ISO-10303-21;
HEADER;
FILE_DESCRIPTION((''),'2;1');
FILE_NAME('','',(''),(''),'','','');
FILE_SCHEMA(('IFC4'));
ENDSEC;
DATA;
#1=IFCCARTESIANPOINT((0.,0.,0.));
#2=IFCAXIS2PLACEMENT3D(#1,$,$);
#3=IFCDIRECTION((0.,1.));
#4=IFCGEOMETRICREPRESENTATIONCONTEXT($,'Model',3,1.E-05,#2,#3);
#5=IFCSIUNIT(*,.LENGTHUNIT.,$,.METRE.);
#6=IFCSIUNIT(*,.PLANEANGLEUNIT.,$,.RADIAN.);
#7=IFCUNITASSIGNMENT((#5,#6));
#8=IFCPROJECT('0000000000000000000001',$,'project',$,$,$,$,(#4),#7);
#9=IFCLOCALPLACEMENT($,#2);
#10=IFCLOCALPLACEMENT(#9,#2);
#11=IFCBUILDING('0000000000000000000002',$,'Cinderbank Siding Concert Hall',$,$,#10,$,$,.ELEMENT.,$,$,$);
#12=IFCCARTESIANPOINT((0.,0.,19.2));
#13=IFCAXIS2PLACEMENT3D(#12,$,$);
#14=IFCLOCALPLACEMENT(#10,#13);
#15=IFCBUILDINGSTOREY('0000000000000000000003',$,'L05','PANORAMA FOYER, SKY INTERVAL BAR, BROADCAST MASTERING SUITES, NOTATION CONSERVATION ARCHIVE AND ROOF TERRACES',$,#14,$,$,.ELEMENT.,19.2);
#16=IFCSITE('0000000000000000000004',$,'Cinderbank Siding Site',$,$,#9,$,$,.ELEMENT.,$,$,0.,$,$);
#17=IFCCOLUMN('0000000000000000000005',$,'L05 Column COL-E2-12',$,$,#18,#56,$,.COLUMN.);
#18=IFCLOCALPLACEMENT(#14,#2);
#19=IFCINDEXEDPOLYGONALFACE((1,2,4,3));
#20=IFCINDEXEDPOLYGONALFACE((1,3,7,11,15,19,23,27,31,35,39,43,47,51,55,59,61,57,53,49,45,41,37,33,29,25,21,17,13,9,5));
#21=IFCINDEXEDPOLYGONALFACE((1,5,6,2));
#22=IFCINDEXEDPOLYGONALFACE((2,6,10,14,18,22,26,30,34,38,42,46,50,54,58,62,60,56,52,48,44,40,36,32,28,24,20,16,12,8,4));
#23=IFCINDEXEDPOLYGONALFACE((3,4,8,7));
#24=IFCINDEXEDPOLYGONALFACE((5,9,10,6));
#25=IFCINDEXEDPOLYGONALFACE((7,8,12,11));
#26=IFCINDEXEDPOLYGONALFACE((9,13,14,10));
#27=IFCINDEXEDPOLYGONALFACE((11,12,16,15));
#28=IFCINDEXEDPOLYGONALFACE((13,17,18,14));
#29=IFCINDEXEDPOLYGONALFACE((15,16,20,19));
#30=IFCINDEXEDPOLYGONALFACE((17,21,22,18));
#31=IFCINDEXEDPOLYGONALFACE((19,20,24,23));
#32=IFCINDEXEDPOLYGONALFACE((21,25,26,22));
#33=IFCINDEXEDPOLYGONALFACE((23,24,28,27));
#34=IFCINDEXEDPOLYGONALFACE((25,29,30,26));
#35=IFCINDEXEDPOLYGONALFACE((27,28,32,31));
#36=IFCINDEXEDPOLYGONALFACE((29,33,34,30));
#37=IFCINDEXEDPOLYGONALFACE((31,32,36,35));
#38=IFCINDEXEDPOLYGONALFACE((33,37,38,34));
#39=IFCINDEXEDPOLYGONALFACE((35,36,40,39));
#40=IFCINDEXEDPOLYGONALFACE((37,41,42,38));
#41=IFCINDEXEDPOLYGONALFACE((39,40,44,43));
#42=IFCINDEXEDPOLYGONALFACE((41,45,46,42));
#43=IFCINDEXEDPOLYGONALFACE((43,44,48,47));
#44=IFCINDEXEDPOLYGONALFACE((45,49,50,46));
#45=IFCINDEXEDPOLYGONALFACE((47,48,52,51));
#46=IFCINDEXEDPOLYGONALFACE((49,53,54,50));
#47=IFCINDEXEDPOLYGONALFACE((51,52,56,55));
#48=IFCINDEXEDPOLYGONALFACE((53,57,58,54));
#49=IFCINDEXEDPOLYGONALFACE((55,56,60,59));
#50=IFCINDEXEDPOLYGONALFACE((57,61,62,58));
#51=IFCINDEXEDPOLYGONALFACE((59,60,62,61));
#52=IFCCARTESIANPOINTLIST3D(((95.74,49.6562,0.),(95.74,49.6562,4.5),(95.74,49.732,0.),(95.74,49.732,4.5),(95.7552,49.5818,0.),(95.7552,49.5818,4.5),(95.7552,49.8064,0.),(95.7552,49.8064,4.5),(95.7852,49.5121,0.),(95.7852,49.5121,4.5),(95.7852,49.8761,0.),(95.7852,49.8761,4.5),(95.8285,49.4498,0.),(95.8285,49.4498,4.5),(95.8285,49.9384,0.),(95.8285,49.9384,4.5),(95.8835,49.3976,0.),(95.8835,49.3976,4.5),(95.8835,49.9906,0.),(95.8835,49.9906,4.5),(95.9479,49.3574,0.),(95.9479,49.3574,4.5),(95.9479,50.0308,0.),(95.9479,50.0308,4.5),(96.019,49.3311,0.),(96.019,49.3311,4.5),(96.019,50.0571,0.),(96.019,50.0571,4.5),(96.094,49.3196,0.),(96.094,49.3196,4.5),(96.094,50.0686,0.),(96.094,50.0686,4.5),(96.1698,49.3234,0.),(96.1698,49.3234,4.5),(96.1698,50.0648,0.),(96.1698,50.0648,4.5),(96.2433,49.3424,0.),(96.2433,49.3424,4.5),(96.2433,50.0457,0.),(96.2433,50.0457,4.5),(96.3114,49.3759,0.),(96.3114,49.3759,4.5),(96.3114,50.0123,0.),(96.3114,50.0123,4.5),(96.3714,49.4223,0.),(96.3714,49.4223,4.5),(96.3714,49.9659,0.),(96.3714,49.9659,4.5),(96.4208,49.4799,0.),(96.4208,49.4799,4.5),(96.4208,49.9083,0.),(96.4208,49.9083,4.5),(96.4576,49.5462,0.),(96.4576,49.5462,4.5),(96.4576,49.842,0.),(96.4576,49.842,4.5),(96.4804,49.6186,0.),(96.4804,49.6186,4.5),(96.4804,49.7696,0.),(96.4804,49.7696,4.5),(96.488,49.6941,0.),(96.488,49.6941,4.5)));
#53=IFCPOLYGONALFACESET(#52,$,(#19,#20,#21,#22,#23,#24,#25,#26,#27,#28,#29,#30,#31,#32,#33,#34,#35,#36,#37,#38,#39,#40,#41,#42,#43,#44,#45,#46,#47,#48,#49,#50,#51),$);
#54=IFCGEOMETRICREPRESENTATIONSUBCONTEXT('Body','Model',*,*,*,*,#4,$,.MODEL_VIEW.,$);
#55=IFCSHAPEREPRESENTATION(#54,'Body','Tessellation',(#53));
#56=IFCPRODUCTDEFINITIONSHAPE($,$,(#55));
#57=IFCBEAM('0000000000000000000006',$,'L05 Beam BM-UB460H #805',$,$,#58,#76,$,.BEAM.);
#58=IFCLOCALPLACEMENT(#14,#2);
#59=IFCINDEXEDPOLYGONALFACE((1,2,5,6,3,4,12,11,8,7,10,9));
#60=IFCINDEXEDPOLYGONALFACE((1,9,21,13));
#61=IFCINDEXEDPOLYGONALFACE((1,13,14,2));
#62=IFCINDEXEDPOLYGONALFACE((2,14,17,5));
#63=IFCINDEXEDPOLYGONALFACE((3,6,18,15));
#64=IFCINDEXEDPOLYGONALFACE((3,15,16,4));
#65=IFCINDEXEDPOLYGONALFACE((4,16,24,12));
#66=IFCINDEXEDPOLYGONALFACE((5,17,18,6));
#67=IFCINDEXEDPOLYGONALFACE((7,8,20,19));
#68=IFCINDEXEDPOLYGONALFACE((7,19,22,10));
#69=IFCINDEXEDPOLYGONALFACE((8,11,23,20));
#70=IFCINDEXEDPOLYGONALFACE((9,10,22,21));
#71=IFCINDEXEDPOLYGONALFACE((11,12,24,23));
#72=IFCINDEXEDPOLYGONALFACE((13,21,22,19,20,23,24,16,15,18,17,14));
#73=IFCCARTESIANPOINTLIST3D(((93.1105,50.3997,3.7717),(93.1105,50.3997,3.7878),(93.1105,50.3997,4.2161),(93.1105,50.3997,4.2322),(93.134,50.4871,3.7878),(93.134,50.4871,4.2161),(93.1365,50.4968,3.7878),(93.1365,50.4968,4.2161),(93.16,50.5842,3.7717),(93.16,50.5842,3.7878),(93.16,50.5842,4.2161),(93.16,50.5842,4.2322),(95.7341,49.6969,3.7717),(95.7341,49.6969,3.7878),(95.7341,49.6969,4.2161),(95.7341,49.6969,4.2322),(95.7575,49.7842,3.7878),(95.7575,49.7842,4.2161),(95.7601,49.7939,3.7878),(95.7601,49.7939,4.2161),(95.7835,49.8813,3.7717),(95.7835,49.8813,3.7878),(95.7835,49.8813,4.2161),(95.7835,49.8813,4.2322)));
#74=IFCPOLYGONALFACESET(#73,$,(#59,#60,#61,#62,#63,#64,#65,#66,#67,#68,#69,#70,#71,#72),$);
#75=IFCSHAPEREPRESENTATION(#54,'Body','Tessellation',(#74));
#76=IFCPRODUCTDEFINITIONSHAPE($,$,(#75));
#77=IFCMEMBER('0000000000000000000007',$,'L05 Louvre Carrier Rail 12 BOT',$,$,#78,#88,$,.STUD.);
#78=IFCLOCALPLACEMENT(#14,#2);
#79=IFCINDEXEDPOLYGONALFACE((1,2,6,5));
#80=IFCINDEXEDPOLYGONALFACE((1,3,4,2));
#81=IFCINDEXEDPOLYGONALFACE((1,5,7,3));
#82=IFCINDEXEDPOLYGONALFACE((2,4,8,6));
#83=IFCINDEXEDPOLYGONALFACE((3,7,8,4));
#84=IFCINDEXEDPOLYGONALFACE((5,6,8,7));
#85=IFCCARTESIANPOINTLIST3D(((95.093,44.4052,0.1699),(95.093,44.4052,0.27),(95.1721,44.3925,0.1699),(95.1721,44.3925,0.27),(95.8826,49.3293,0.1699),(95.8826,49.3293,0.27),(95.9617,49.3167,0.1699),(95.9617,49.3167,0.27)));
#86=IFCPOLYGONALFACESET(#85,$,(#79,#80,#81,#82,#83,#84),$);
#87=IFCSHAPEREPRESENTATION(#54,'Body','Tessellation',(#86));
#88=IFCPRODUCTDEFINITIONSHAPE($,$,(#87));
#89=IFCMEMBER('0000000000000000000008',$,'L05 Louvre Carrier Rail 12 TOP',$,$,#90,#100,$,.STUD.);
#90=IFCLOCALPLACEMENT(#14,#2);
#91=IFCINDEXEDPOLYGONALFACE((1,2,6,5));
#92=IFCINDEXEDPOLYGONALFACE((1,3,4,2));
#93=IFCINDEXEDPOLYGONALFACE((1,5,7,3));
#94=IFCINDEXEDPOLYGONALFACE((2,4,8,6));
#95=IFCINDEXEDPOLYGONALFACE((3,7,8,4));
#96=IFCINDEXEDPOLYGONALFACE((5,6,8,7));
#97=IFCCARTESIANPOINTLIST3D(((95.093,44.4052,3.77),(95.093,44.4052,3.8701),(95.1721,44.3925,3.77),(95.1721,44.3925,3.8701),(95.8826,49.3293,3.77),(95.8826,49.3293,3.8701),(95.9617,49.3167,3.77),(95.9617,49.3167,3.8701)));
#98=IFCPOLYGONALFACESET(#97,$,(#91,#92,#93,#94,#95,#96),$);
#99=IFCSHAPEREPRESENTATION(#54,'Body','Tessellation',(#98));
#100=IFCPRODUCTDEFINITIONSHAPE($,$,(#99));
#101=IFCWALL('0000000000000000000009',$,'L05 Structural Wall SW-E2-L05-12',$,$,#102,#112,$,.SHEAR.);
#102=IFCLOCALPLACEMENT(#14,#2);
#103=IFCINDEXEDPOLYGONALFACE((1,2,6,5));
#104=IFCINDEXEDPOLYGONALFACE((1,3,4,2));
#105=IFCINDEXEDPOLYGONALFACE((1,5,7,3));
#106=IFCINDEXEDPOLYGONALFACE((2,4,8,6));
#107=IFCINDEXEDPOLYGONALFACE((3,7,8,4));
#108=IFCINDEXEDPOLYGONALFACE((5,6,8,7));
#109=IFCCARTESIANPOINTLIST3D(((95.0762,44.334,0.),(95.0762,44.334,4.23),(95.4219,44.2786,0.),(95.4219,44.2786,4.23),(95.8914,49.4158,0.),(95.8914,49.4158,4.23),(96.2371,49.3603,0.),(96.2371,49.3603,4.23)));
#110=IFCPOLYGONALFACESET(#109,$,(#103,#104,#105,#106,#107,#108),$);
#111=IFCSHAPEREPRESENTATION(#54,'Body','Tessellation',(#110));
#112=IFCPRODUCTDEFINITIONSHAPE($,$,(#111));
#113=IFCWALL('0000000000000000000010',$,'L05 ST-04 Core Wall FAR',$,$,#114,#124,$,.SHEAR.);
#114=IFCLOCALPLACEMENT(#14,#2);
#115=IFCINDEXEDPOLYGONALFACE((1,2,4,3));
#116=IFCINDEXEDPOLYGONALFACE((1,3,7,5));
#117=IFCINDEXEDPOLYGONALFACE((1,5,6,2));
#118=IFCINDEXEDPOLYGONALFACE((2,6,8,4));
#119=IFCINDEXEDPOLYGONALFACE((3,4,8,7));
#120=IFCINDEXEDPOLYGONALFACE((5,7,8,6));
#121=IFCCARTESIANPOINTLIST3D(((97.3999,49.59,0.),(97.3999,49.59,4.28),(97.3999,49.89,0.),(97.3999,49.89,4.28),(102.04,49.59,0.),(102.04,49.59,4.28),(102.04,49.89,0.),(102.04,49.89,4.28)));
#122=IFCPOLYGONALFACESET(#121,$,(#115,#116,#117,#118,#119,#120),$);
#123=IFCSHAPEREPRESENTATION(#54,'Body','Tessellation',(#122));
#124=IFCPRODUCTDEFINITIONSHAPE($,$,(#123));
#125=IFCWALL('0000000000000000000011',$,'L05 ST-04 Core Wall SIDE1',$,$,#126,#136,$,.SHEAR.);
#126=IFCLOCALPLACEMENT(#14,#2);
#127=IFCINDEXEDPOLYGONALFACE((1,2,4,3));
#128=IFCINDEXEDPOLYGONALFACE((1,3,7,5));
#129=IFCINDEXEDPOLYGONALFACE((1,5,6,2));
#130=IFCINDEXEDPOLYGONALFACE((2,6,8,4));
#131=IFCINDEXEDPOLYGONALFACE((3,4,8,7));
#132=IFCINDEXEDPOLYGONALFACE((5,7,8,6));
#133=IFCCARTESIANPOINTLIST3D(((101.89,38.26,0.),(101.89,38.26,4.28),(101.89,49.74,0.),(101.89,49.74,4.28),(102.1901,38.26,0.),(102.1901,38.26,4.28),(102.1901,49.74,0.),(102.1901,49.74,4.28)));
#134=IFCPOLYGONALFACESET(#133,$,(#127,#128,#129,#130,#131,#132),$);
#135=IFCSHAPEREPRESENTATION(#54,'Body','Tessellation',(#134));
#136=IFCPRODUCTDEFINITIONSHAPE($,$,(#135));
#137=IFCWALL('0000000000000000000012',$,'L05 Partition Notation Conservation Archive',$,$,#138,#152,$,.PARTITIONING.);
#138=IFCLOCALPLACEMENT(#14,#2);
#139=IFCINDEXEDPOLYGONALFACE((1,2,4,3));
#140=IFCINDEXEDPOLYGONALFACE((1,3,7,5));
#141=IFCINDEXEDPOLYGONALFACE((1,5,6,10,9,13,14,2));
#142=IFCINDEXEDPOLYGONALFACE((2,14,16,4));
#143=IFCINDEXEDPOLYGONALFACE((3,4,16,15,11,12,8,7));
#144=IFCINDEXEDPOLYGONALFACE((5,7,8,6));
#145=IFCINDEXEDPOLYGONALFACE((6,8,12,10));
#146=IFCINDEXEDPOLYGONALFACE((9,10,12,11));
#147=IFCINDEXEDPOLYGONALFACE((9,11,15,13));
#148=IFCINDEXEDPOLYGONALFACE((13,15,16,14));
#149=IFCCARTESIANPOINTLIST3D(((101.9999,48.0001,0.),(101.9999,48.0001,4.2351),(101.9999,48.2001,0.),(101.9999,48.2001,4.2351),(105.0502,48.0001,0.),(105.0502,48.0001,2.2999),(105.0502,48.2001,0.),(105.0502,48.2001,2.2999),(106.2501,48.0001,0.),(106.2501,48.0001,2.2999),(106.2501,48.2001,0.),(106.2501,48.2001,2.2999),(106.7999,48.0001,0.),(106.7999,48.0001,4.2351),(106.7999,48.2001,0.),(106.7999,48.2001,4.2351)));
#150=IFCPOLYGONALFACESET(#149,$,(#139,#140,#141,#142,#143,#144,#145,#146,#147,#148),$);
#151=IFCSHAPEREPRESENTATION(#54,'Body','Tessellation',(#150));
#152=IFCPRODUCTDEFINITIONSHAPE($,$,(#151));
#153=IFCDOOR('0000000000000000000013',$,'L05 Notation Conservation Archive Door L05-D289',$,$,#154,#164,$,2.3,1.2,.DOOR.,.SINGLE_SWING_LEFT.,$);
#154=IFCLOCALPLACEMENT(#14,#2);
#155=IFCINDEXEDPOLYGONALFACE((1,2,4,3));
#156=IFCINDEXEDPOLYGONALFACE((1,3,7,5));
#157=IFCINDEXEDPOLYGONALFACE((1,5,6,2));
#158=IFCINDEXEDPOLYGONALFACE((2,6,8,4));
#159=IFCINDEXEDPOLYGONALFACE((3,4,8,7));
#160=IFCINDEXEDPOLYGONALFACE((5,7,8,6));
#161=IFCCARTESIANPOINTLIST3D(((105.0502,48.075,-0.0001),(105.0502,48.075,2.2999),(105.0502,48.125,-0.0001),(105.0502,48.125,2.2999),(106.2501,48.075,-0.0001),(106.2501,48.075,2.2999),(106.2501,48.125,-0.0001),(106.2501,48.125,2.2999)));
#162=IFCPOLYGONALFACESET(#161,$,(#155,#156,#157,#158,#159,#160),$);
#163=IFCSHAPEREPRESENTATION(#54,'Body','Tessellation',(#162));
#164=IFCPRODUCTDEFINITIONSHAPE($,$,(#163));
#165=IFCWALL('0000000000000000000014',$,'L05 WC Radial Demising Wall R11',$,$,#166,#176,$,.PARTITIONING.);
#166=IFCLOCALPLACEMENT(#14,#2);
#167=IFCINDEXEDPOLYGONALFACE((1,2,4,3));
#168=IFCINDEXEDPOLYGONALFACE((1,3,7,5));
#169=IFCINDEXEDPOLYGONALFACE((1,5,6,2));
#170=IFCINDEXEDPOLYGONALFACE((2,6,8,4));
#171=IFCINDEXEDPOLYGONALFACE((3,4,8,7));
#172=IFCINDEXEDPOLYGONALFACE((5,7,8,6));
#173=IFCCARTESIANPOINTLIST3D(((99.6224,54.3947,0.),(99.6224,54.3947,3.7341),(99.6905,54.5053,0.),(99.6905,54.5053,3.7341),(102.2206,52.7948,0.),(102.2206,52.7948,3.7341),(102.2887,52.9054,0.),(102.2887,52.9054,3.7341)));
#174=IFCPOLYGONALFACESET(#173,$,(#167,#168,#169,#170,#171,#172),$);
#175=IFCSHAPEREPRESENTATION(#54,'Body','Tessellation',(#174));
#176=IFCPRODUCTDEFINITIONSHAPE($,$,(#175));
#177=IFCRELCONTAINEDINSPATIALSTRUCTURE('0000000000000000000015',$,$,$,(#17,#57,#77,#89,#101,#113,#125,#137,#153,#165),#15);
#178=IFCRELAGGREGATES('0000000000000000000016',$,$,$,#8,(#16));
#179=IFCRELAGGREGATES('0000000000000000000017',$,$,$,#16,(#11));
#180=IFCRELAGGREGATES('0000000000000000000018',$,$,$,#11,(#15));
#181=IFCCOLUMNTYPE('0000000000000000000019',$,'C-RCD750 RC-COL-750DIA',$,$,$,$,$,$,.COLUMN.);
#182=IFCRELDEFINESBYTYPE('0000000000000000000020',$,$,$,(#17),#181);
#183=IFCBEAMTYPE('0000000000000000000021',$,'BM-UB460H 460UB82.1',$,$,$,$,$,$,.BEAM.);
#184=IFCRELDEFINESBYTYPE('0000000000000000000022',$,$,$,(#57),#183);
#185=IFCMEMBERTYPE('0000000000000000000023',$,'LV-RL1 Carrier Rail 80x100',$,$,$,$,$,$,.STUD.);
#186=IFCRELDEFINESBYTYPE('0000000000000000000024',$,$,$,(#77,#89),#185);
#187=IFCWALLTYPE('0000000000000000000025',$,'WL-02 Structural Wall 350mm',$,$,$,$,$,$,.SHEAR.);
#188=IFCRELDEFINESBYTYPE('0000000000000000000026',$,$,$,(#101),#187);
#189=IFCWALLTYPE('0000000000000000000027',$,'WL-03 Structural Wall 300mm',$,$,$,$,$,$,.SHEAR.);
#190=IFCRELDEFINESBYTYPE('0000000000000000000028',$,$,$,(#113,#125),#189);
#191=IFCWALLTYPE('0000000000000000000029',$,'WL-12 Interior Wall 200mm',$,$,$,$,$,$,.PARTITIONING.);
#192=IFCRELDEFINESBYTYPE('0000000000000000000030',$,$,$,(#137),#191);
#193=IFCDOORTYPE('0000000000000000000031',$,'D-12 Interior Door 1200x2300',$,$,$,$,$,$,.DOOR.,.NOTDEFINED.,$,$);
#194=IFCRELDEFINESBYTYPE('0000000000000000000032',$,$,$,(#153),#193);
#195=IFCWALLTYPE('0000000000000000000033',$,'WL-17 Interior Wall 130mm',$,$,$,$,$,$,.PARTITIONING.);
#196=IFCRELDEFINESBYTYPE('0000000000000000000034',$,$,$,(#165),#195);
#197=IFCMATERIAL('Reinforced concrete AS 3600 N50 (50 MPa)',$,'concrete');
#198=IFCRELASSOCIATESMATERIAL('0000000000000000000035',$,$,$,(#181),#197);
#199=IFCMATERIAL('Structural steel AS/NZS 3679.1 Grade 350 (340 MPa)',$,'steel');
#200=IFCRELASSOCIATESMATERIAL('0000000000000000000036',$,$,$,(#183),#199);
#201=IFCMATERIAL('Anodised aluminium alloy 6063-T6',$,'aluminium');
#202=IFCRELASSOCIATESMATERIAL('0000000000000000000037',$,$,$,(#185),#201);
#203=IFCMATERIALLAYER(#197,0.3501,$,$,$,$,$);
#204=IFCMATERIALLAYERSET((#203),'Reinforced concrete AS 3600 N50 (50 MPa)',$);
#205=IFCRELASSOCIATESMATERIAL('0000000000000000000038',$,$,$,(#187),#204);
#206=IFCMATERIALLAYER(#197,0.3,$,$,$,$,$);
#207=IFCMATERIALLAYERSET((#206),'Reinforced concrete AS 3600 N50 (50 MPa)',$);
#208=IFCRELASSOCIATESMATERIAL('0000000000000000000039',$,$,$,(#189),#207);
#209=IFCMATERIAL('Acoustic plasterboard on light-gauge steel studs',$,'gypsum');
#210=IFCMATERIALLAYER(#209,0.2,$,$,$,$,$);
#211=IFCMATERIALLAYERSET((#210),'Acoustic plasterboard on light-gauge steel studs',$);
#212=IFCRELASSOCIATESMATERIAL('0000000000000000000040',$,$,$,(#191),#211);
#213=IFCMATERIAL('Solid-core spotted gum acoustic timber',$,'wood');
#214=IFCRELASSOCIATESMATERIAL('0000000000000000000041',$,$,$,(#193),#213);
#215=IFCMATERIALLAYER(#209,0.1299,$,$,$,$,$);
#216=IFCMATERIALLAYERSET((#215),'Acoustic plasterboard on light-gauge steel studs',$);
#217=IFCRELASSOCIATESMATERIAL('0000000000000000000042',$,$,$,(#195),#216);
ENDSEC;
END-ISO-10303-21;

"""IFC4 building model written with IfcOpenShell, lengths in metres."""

from ifc_helpers import new_model, si_unit, direction, frame, frame_2d, origin, origin_2d, place, context, subcontext, project, spatial, rectangle, circle, i_section, extrude, material, layer, layer_set, material_profile, profile_set, type_object, element, fill, save


model = new_model("IFC4")

# Units and contexts
model_context = context("Model", 3, precision=1e-05, world=origin(), true_north=direction((0.0, 1.0)))
body_context = subcontext(model_context, "Body", "Model", "MODEL_VIEW")
ifc_project = project(units=[si_unit("LENGTHUNIT", "METRE"), si_unit("PLANEANGLEUNIT", "RADIAN")], contexts=[model_context])

# Site, building, storey
site_placement = place(None, origin())
site = spatial("IfcSite", under=ifc_project, at=site_placement, Name="Cinderbank Siding Site", CompositionType="ELEMENT", RefElevation=0.0)
building_placement = place(site_placement, origin())
building = spatial("IfcBuilding", under=site, at=building_placement, Name="Cinderbank Siding Concert Hall", CompositionType="ELEMENT")
storey_placement = place(building_placement, frame((0.0, 0.0, 19.2)))
storey = spatial("IfcBuildingStorey", under=building, at=storey_placement, Name="L05", Description="PANORAMA FOYER, SKY INTERVAL BAR, BROADCAST MASTERING SUITES, NOTATION CONSERVATION ARCHIVE AND ROOF TERRACES", CompositionType="ELEMENT", Elevation=19.2)

# Column
ifc_material_1 = material(Name="Reinforced concrete AS 3600 N50 (50 MPa)", Category="concrete")
ifc_material_profile_1 = material_profile(ifc_material_1, circle(Radius=0.375, at=origin_2d()), Name="RC-COL-750DIA", Category="LoadBearing")
ifc_profile_set_1 = profile_set([ifc_material_profile_1], Name="Reinforced concrete AS 3600 N50 (50 MPa)")
column_type = type_object("IfcColumnType", Name="C-RCD750 RC-COL-750DIA", PredefinedType="COLUMN", material=ifc_profile_set_1)
column_placement = place(storey_placement, frame((96.113, 49.6941, 0.0), z_axis=(0.0, 0.0, 1.0), x_axis=(1.0, 0.0, 0.0)))
element("IfcColumn", 1, at=column_placement, inside=storey, type_object=column_type, Name="L05 Column COL-E2-12", PredefinedType="COLUMN", context=body_context, shape_type="SweptSolid", body=[
    extrude(circle(Radius=0.375, at=origin_2d()), origin(), (0.0, 0.0, 1.0), 4.5),
])

# Beam
ifc_material_2 = material(Name="Structural steel AS/NZS 3679.1 Grade 350 (340 MPa)", Category="steel")
ifc_material_profile_2 = material_profile(ifc_material_2, i_section(OverallWidth=0.1909, OverallDepth=0.4604, WebThickness=0.01, FlangeThickness=0.0161, at=origin_2d()), Name="460UB82.1", Category="LoadBearing")
ifc_profile_set_2 = profile_set([ifc_material_profile_2], Name="Structural steel AS/NZS 3679.1 Grade 350 (340 MPa)")
beam_type = type_object("IfcBeamType", Name="BM-UB460H 460UB82.1", PredefinedType="BEAM", material=ifc_profile_set_2)
beam_placement = place(storey_placement, frame((95.7588, 49.7891, 4.002), z_axis=(-0.965934, 0.258787, 0.0), x_axis=(-0.258787, -0.965934, 0.0)))
element("IfcBeam", 2, at=beam_placement, inside=storey, type_object=beam_type, Name="L05 Beam BM-UB460H #805", PredefinedType="BEAM", context=body_context, shape_type="SweptSolid", body=[
    extrude(i_section(OverallWidth=0.1909, OverallDepth=0.4604, WebThickness=0.01, FlangeThickness=0.0161, at=origin_2d()), origin(), (0.0, 0.0, 1.0), 2.7161),
])

# Members
ifc_material_3 = material(Name="Anodised aluminium alloy 6063-T6", Category="aluminium")
ifc_material_profile_3 = material_profile(ifc_material_3, rectangle(XDim=0.0801, YDim=0.1001, at=origin_2d()), Name="ALU-RAIL-80x100", Category="LoadBearing")
ifc_profile_set_3 = profile_set([ifc_material_profile_3], Name="Anodised aluminium alloy 6063-T6")
member_type = type_object("IfcMemberType", Name="LV-RL1 Carrier Rail 80x100", PredefinedType="STUD", material=ifc_profile_set_3)
for number, where, z_axis, x_axis, name in (
    (3, (95.9221, 49.323, 0.22), (-0.158323, -0.987387, 0.0), (0.987387, -0.158323, 0.0), "L05 Louvre Carrier Rail 12 BOT"),
    (4, (95.9221, 49.323, 3.8201), (-0.158323, -0.987387, 0.0), (0.987387, -0.158323, 0.0), "L05 Louvre Carrier Rail 12 TOP"),
):
    element("IfcMember", number, at=place(storey_placement, frame(where, z_axis=z_axis, x_axis=x_axis)), inside=storey, type_object=member_type, Name=name, PredefinedType="STUD", context=body_context, shape_type="SweptSolid", body=[
        extrude(rectangle(XDim=0.0801, YDim=0.1001, at=origin_2d()), origin(), (0.0, 0.0, 1.0), 4.9871),
    ])

# Walls
ifc_layer_1 = layer(ifc_material_1, 0.3501)
ifc_layer_set_1 = layer_set([ifc_layer_1], Name="Reinforced concrete AS 3600 N50 (50 MPa)")
wall_type_1 = type_object("IfcWallType", Name="WL-02 Structural Wall 350mm", PredefinedType="SHEAR", material=ifc_layer_set_1)
wall_1_placement = place(storey_placement, frame((96.0642, 49.3879, 0.0), z_axis=(0.0, 0.0, 1.0), x_axis=(-0.158388, -0.987377, 0.0)))
element("IfcWall", 5, at=wall_1_placement, inside=storey, type_object=wall_type_1, Name="L05 Structural Wall SW-E2-L05-12", PredefinedType="SHEAR", context=body_context, shape_type="SweptSolid", body=[
    extrude(rectangle(XDim=5.1467, YDim=0.3501, at=frame_2d((2.5732, 0.0))), origin(), (0.0, 0.0, 1.0), 4.23),
])
ifc_layer_2 = layer(ifc_material_1, 0.3)
ifc_layer_set_2 = layer_set([ifc_layer_2], Name="Reinforced concrete AS 3600 N50 (50 MPa)")
wall_type_2 = type_object("IfcWallType", Name="WL-03 Structural Wall 300mm", PredefinedType="SHEAR", material=ifc_layer_set_2)
wall_2_placement = place(storey_placement, frame((97.3999, 49.74, 0.0), z_axis=(0.0, 0.0, 1.0), x_axis=(1.0, 0.0, 0.0)))
element("IfcWall", 6, at=wall_2_placement, inside=storey, type_object=wall_type_2, Name="L05 ST-04 Core Wall FAR", PredefinedType="SHEAR", context=body_context, shape_type="SweptSolid", body=[
    extrude(rectangle(XDim=4.6401, YDim=0.3, at=frame_2d((2.3201, 0.0))), origin(), (0.0, 0.0, 1.0), 4.28),
])
wall_3_placement = place(storey_placement, frame((102.04, 49.74, 0.0), z_axis=(0.0, 0.0, 1.0), x_axis=(0.0, -1.0, 0.0)))
element("IfcWall", 7, at=wall_3_placement, inside=storey, type_object=wall_type_2, Name="L05 ST-04 Core Wall SIDE1", PredefinedType="SHEAR", context=body_context, shape_type="SweptSolid", body=[
    extrude(rectangle(XDim=11.48, YDim=0.3, at=frame_2d((5.74, 0.0))), origin(), (0.0, 0.0, 1.0), 4.28),
])

# Wall, opening, door
ifc_material_4 = material(Name="Acoustic plasterboard on light-gauge steel studs", Category="gypsum")
ifc_layer_3 = layer(ifc_material_4, 0.2)
ifc_layer_set_3 = layer_set([ifc_layer_3], Name="Acoustic plasterboard on light-gauge steel studs")
wall_type_3 = type_object("IfcWallType", Name="WL-12 Interior Wall 200mm", PredefinedType="PARTITIONING", material=ifc_layer_set_3)
wall_4_placement = place(storey_placement, frame((102.0, 48.1001, 0.0), z_axis=(0.0, 0.0, 1.0), x_axis=(1.0, 0.0, 0.0)))
wall_4 = element("IfcWall", 8, at=wall_4_placement, inside=storey, type_object=wall_type_3, Name="L05 Partition Notation Conservation Archive", PredefinedType="PARTITIONING", context=body_context, shape_type="SweptSolid", body=[
    extrude(rectangle(XDim=4.8, YDim=0.2, at=frame_2d((2.3999, 0.0))), origin(), (0.0, 0.0, 1.0), 4.2351),
])
opening_placement = place(wall_4_placement, frame((3.05, 0.0, 0.0)))
opening = element("IfcOpeningElement", 9, at=opening_placement, cuts=wall_4, PredefinedType="OPENING", context=body_context, shape_type="SweptSolid", body=[
    extrude(rectangle(XDim=1.2, YDim=2.3, at=frame_2d((0.6001, 1.1499))), frame((0.0, 0.1118, 0.0), z_axis=(0.0, -1.0, 0.0), x_axis=(1.0, 0.0, 0.0)), (0.0, 0.0, 1.0), 0.2239),
])
ifc_material_5 = material(Name="Solid-core spotted gum acoustic timber", Category="wood")
door_type = type_object("IfcDoorType", Name="D-12 Interior Door 1200x2300", OperationType="NOTDEFINED", PredefinedType="DOOR", material=ifc_material_5)
door_placement = place(opening_placement, origin())
door = element("IfcDoor", 10, at=door_placement, inside=storey, type_object=door_type, Name="L05 Notation Conservation Archive Door L05-D289", OperationType="SINGLE_SWING_LEFT", OverallHeight=2.3, OverallWidth=1.2, PredefinedType="DOOR", context=body_context, shape_type="SweptSolid", body=[
    extrude(rectangle(XDim=1.2, YDim=2.3, at=frame_2d((0.6001, 1.1499))), frame((0.0, 0.0249, 0.0), z_axis=(0.0, -1.0, 0.0), x_axis=(1.0, 0.0, 0.0)), (0.0, 0.0, 1.0), 0.05),
])
fill(opening, door)

# Wall
ifc_layer_4 = layer(ifc_material_4, 0.1299)
ifc_layer_set_4 = layer_set([ifc_layer_4], Name="Acoustic plasterboard on light-gauge steel studs")
wall_type_4 = type_object("IfcWallType", Name="WL-17 Interior Wall 130mm", PredefinedType="PARTITIONING", material=ifc_layer_set_4)
wall_5_placement = place(storey_placement, frame((102.2546, 52.8501, 0.0), z_axis=(0.0, 0.0, 1.0), x_axis=(-0.851513, 0.524334, 0.0)))
element("IfcWall", 11, at=wall_5_placement, inside=storey, type_object=wall_type_4, Name="L05 WC Radial Demising Wall R11", PredefinedType="PARTITIONING", context=body_context, shape_type="SweptSolid", body=[
    extrude(rectangle(XDim=3.0513, YDim=0.1299, at=frame_2d((1.5256, 0.0))), origin(), (0.0, 0.0, 1.0), 3.7341),
])

save(model, "model.ifc")
